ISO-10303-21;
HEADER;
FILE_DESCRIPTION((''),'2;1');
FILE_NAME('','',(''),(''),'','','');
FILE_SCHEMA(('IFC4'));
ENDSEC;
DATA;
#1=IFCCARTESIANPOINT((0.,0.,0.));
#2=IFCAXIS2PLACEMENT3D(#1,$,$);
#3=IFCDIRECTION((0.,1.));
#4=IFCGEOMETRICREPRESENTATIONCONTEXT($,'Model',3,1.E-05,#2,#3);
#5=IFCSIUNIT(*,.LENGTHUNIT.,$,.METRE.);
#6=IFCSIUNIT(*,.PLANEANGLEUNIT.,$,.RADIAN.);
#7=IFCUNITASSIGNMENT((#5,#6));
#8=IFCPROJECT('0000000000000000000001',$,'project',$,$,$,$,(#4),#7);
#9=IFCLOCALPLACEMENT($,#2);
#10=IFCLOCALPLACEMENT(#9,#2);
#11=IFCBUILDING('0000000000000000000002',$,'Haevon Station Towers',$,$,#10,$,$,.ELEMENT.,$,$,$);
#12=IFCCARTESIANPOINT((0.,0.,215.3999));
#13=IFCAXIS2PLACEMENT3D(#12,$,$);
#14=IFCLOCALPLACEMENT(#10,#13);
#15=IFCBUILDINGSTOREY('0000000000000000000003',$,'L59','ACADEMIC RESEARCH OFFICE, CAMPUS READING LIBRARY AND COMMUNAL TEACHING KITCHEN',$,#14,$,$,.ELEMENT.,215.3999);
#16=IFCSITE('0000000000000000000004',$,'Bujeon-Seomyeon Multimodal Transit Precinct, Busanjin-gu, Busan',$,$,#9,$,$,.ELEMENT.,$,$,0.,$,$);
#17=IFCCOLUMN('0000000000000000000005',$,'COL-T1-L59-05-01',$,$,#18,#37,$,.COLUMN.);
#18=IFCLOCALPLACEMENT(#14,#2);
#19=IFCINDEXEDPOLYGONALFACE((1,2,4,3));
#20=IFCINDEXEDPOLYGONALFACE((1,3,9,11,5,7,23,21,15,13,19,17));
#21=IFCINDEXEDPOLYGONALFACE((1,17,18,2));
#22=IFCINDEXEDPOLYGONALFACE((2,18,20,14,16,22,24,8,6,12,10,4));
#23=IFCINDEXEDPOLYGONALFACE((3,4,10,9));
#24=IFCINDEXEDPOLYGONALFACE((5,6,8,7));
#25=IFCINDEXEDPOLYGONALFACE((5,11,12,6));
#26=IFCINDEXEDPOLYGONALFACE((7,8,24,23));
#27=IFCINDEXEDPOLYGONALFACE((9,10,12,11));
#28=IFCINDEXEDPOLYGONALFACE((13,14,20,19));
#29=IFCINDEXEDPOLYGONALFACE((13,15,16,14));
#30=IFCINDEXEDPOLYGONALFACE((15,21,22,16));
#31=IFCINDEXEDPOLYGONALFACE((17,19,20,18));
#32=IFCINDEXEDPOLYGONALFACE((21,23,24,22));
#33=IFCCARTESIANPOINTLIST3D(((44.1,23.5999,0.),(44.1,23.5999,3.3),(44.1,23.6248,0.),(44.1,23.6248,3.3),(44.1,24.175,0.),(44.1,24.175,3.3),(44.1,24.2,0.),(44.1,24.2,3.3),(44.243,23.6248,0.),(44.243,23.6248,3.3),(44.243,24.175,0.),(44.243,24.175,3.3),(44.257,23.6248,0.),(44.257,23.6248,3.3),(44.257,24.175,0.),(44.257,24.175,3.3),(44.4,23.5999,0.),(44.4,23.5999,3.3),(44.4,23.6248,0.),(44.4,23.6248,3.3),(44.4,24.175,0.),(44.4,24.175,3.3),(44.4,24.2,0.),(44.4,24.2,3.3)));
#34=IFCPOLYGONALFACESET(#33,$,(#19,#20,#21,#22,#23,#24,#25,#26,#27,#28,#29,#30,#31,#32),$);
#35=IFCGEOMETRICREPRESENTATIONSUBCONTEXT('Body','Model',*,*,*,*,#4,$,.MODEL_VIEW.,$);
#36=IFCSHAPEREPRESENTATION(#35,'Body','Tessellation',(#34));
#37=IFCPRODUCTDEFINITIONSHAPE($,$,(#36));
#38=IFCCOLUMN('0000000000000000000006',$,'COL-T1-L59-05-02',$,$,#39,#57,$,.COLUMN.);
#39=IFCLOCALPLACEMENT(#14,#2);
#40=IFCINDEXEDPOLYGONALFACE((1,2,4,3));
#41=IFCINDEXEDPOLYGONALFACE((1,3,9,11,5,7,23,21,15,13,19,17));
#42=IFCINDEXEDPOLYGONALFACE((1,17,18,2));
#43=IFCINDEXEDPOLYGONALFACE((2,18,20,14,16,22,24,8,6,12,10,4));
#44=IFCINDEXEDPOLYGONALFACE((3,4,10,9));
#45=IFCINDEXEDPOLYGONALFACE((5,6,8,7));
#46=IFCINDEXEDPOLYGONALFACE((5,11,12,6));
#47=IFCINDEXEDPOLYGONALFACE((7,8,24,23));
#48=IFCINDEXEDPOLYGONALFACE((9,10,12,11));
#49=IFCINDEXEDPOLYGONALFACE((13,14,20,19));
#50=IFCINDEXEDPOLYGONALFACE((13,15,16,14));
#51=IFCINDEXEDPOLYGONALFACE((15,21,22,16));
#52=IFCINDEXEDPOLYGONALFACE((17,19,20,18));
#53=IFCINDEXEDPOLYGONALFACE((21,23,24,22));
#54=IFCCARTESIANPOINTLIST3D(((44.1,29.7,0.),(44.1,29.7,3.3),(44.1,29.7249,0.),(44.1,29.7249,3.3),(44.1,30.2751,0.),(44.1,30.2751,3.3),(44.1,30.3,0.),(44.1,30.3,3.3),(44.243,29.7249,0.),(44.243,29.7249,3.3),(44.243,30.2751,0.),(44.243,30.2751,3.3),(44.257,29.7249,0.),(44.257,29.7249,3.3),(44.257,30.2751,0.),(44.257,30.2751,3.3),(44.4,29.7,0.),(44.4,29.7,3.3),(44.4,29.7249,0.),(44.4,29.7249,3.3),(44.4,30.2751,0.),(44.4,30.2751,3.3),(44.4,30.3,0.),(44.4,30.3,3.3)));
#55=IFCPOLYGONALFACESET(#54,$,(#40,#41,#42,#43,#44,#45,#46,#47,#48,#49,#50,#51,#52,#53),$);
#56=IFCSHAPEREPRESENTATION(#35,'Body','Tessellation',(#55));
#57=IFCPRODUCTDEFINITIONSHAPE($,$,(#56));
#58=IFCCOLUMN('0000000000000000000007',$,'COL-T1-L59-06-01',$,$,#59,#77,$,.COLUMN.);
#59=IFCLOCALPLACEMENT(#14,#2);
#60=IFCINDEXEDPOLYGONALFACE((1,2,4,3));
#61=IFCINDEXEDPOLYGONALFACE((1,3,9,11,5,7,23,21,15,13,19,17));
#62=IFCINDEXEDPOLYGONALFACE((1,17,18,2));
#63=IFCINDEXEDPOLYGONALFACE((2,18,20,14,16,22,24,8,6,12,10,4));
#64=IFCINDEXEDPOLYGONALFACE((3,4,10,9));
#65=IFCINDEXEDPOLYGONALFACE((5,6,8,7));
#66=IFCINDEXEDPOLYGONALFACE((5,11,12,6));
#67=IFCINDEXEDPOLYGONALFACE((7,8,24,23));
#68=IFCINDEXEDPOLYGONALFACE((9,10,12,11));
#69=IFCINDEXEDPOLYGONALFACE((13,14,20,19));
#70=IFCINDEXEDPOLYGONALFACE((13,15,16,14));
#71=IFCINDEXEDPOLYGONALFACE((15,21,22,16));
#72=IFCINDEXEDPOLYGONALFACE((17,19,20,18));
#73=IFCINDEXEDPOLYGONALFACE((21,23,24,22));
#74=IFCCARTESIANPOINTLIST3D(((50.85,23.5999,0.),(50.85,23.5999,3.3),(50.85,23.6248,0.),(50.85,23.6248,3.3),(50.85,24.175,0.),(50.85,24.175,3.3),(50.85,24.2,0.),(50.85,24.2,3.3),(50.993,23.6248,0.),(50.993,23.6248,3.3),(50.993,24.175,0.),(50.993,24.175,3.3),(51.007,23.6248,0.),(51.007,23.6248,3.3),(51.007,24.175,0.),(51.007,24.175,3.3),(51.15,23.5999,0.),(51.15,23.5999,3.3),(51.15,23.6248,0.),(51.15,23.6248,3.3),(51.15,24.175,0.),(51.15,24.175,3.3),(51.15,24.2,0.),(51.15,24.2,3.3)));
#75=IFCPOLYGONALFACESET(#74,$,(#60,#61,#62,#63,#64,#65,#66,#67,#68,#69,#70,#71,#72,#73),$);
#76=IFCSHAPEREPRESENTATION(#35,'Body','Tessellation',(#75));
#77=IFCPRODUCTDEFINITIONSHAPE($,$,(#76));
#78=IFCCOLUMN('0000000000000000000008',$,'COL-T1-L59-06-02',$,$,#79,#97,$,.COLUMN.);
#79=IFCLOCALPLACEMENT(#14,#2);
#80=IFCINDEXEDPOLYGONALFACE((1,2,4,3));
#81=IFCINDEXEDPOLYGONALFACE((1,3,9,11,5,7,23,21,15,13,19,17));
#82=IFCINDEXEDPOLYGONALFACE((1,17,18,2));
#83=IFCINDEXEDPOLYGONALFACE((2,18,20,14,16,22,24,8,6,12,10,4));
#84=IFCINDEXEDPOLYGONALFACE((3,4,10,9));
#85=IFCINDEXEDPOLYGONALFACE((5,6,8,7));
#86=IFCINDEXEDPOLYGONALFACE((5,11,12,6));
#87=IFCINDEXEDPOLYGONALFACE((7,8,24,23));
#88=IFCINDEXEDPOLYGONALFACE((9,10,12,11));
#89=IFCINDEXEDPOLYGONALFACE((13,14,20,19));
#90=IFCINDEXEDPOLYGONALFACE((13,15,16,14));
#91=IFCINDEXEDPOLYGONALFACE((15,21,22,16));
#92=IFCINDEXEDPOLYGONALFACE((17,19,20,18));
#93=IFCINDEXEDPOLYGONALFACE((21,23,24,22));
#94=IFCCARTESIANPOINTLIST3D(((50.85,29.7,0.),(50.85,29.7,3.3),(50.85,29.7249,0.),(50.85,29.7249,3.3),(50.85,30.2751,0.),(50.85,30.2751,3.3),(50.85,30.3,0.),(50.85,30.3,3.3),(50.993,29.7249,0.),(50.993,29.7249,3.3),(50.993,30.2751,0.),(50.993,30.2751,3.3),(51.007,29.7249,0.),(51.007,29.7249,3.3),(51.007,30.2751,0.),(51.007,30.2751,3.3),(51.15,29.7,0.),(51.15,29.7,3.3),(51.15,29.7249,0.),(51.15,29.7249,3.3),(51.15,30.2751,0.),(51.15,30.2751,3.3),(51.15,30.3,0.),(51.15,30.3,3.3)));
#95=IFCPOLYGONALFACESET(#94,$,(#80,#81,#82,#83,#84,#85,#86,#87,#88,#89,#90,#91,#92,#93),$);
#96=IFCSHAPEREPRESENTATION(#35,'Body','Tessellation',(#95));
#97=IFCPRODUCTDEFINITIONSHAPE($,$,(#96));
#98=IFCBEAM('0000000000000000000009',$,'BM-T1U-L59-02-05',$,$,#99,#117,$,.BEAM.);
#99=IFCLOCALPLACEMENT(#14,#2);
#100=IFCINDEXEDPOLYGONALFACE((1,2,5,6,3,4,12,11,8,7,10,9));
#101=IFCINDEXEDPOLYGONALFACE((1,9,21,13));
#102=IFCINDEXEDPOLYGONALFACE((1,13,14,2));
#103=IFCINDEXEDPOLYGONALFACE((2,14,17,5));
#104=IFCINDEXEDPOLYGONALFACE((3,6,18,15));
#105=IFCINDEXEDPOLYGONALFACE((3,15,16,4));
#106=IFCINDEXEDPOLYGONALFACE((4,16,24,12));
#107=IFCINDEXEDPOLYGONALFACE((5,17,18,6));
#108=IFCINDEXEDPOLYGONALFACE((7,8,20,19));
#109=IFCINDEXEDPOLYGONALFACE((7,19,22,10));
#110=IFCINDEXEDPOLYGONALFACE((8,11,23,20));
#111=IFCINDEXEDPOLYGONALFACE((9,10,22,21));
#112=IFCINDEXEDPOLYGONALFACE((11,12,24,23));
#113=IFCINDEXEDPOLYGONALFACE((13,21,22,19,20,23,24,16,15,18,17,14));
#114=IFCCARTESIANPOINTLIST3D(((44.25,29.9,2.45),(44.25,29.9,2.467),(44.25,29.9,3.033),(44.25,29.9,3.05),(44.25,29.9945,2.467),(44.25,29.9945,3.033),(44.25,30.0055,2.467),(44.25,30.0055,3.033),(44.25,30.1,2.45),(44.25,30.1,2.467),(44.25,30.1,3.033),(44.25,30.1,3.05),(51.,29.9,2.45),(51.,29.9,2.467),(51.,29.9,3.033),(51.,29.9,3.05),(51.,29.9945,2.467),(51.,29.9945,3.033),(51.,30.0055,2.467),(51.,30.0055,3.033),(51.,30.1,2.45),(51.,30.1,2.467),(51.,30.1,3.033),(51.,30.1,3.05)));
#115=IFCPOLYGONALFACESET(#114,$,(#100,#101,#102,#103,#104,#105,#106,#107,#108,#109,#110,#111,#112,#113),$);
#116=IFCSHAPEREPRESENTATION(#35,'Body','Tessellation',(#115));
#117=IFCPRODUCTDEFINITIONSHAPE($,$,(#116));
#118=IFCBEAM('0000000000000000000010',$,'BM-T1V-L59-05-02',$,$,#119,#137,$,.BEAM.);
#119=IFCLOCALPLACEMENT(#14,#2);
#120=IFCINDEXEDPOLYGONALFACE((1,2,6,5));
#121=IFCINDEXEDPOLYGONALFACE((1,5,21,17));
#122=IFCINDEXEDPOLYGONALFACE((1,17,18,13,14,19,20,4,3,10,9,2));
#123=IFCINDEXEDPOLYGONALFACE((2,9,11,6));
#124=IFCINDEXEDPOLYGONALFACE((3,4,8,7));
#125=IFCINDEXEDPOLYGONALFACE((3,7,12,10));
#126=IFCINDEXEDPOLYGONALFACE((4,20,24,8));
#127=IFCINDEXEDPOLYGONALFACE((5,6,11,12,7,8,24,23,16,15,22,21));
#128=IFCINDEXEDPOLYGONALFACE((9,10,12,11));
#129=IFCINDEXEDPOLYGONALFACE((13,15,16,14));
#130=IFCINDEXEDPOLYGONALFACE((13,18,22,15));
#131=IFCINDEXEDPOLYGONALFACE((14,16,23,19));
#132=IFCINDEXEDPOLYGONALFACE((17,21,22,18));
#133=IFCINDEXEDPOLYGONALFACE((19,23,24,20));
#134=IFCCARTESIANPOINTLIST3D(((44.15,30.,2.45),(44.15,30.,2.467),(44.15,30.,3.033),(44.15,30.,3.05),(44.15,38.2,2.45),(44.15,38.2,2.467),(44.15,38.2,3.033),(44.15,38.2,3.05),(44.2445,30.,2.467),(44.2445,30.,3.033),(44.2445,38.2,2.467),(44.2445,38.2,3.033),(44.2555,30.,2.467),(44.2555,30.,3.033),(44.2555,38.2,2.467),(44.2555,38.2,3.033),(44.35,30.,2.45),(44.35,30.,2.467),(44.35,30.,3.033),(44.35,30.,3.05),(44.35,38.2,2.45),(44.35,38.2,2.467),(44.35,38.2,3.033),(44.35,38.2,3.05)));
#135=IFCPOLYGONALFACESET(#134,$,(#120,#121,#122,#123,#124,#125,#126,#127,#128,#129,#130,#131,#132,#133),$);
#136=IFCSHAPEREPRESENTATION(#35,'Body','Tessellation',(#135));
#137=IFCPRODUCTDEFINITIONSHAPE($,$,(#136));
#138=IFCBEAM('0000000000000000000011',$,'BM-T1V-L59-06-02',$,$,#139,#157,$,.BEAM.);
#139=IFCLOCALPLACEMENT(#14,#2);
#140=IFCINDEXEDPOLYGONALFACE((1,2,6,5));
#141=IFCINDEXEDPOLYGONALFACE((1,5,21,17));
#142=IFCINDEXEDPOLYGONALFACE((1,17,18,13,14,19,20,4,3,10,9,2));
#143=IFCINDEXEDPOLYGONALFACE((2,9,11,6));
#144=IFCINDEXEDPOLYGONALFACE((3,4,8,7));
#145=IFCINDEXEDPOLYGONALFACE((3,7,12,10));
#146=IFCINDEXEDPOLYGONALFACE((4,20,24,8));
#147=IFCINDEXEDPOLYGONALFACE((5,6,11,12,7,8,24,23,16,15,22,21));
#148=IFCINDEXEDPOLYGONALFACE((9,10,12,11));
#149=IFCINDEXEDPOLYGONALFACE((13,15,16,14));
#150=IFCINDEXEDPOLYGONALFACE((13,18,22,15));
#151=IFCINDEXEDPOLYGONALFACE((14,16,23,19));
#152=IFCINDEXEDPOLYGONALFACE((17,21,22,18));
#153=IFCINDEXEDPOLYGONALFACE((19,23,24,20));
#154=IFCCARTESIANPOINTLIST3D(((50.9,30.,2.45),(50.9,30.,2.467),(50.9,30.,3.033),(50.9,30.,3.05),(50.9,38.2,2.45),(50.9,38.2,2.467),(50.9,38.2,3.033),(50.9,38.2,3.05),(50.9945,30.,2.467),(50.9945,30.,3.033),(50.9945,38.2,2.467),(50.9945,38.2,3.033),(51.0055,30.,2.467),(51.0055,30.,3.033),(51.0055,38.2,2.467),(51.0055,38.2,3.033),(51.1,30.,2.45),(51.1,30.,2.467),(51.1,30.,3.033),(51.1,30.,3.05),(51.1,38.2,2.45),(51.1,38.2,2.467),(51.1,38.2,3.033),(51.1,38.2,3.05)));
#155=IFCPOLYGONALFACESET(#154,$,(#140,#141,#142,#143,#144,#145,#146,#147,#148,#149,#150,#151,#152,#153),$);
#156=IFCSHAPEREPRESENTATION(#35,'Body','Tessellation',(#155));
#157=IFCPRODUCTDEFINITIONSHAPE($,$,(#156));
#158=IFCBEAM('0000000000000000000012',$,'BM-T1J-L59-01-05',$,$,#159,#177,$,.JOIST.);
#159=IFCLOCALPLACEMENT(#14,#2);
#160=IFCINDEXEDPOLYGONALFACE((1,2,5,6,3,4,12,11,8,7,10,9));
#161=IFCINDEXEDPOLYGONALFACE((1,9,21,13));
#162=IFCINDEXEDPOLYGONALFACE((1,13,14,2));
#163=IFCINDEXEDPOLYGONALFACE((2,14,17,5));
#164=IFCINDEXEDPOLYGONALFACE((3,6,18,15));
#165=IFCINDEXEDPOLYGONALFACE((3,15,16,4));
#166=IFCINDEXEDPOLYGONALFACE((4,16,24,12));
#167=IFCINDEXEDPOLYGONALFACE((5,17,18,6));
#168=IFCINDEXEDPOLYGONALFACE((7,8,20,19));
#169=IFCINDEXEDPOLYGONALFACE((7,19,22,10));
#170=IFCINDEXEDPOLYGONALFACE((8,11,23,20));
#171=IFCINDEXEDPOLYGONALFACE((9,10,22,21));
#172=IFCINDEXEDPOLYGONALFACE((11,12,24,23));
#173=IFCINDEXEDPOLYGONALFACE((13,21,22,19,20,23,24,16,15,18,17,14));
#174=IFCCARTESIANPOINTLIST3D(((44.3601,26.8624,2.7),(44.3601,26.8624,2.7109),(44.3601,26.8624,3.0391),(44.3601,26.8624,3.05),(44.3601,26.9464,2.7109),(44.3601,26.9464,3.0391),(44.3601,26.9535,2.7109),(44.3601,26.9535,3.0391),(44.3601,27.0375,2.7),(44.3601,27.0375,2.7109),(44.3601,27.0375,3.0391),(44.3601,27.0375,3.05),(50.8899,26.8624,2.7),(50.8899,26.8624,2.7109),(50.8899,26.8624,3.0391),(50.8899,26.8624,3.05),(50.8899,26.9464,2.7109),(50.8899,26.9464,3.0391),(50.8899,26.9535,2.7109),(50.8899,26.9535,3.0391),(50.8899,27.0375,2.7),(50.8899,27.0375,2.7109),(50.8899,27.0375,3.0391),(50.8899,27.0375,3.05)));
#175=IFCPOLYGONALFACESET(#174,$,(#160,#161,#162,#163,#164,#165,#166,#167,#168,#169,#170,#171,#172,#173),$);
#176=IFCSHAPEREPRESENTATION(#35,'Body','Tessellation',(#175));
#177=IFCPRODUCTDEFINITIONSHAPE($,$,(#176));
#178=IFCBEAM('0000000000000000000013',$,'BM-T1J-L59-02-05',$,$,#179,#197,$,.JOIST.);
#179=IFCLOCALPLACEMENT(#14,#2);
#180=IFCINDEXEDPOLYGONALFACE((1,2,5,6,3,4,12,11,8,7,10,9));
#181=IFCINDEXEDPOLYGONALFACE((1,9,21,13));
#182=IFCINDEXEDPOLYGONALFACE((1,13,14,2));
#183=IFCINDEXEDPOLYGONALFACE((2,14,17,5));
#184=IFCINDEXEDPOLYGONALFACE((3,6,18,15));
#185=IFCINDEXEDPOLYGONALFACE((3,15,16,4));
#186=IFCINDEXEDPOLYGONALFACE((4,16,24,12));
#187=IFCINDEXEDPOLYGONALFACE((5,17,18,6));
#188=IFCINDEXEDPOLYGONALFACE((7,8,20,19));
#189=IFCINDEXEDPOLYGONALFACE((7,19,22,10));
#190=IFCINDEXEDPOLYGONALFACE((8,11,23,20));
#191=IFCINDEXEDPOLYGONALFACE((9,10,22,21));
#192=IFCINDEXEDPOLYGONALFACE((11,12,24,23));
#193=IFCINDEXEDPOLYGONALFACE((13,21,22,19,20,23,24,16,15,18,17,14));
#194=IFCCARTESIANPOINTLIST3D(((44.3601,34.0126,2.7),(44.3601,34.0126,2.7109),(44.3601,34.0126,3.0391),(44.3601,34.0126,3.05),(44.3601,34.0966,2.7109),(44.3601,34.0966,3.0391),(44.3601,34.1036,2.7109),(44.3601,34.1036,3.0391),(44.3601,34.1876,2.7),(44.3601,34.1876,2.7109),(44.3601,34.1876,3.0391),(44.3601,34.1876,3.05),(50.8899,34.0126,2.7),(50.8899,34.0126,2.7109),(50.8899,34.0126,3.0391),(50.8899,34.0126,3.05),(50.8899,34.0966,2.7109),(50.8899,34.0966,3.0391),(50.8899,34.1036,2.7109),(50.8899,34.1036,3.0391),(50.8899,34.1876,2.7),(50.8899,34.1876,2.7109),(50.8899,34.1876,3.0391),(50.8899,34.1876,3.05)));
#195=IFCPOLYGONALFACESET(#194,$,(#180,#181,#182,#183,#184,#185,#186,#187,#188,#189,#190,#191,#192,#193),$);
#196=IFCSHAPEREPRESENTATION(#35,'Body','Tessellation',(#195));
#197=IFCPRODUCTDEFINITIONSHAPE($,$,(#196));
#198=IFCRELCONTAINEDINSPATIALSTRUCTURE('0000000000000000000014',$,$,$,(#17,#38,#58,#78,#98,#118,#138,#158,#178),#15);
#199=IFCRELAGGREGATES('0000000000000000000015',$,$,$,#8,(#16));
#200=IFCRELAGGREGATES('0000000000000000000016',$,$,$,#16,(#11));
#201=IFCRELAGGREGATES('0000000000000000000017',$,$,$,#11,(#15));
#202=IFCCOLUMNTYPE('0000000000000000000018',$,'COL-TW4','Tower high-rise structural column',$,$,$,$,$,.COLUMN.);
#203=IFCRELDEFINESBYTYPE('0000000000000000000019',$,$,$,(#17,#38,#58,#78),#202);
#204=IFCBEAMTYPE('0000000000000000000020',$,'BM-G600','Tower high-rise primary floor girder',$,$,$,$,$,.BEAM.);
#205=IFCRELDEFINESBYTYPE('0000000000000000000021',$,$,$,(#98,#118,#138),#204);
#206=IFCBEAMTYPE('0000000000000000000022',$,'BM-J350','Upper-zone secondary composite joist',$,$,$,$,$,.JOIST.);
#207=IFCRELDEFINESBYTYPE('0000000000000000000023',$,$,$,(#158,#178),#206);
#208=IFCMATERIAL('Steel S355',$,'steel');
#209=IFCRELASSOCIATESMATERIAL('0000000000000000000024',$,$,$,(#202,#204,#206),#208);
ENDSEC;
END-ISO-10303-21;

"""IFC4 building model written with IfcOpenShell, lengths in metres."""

from ifc_helpers import new_model, si_unit, direction, frame, origin, origin_2d, place, context, subcontext, project, spatial, i_section, extrude, material, material_profile, profile_set, type_object, element, save


model = new_model("IFC4")

# Units and contexts
model_context = context("Model", 3, precision=1e-05, world=origin(), true_north=direction((0.0, 1.0)))
body_context = subcontext(model_context, "Body", "Model", "MODEL_VIEW")
ifc_project = project(units=[si_unit("LENGTHUNIT", "METRE"), si_unit("PLANEANGLEUNIT", "RADIAN")], contexts=[model_context])

# Site, building, storey
site_placement = place(None, origin())
site = spatial("IfcSite", under=ifc_project, at=site_placement, Name="Bujeon-Seomyeon Multimodal Transit Precinct, Busanjin-gu, Busan", CompositionType="ELEMENT", RefElevation=0.0)
building_placement = place(site_placement, origin())
building = spatial("IfcBuilding", under=site, at=building_placement, Name="Haevon Station Towers", CompositionType="ELEMENT")
storey_placement = place(building_placement, frame((0.0, 0.0, 215.3999)))
storey = spatial("IfcBuildingStorey", under=building, at=storey_placement, Name="L59", Description="ACADEMIC RESEARCH OFFICE, CAMPUS READING LIBRARY AND COMMUNAL TEACHING KITCHEN", CompositionType="ELEMENT", Elevation=215.3999)

# Columns
ifc_material_1 = material(Name="Steel S355", Category="steel")
ifc_material_profile_1 = material_profile(ifc_material_1, i_section(OverallWidth=0.3, OverallDepth=0.6001, WebThickness=0.0139, FlangeThickness=0.0249, at=origin_2d()), Name="H-600x300x14x25")
ifc_profile_set_1 = profile_set([ifc_material_profile_1], Name="Steel S355")
column_type = type_object("IfcColumnType", Name="COL-TW4", Description="Tower high-rise structural column", PredefinedType="COLUMN", material=ifc_profile_set_1)
for number, where, z_axis, x_axis, name in (
    (1, (44.25, 23.8999, 0.0), (0.0, 0.0, 1.0), (1.0, 0.0, 0.0), "COL-T1-L59-05-01"),
    (2, (44.25, 30.0, 0.0), (0.0, 0.0, 1.0), (1.0, 0.0, 0.0), "COL-T1-L59-05-02"),
    (3, (51.0, 23.8999, 0.0), (0.0, 0.0, 1.0), (1.0, 0.0, 0.0), "COL-T1-L59-06-01"),
    (4, (51.0, 30.0, 0.0), (0.0, 0.0, 1.0), (1.0, 0.0, 0.0), "COL-T1-L59-06-02"),
):
    element("IfcColumn", number, at=place(storey_placement, frame(where, z_axis=z_axis, x_axis=x_axis)), inside=storey, type_object=column_type, Name=name, PredefinedType="COLUMN", context=body_context, shape_type="SweptSolid", body=[
        extrude(i_section(OverallWidth=0.3, OverallDepth=0.6001, WebThickness=0.0139, FlangeThickness=0.0249, at=origin_2d()), origin(), (0.0, 0.0, 1.0), 3.3),
    ])

# Beams
ifc_material_profile_2 = material_profile(ifc_material_1, i_section(OverallWidth=0.2, OverallDepth=0.6001, WebThickness=0.011, FlangeThickness=0.0171, at=origin_2d()), Name="H-600x200x11x17")
ifc_profile_set_2 = profile_set([ifc_material_profile_2], Name="Steel S355")
beam_type_1 = type_object("IfcBeamType", Name="BM-G600", Description="Tower high-rise primary floor girder", PredefinedType="BEAM", material=ifc_profile_set_2)
beam_1_placement = place(storey_placement, frame((44.25, 30.0, 2.75), z_axis=(1.0, 0.0, 0.0), x_axis=(0.0, 1.0, 0.0)))
element("IfcBeam", 5, at=beam_1_placement, inside=storey, type_object=beam_type_1, Name="BM-T1U-L59-02-05", PredefinedType="BEAM", context=body_context, shape_type="SweptSolid", body=[
    extrude(i_section(OverallWidth=0.2, OverallDepth=0.6001, WebThickness=0.011, FlangeThickness=0.0171, at=origin_2d()), origin(), (0.0, 0.0, 1.0), 6.75),
])
for number, where, z_axis, x_axis, name in (
    (6, (44.25, 30.0, 2.75), (0.0, 1.0, 0.0), (-1.0, 0.0, 0.0), "BM-T1V-L59-05-02"),
    (7, (51.0, 30.0, 2.75), (0.0, 1.0, 0.0), (-1.0, 0.0, 0.0), "BM-T1V-L59-06-02"),
):
    element("IfcBeam", number, at=place(storey_placement, frame(where, z_axis=z_axis, x_axis=x_axis)), inside=storey, type_object=beam_type_1, Name=name, PredefinedType="BEAM", context=body_context, shape_type="SweptSolid", body=[
        extrude(i_section(OverallWidth=0.2, OverallDepth=0.6001, WebThickness=0.011, FlangeThickness=0.0171, at=origin_2d()), origin(), (0.0, 0.0, 1.0), 8.2),
    ])
ifc_material_profile_3 = material_profile(ifc_material_1, i_section(OverallWidth=0.175, OverallDepth=0.3501, WebThickness=0.0071, FlangeThickness=0.011, at=origin_2d()), Name="H-350x175x7x11")
ifc_profile_set_3 = profile_set([ifc_material_profile_3], Name="Steel S355")
beam_type_2 = type_object("IfcBeamType", Name="BM-J350", Description="Upper-zone secondary composite joist", PredefinedType="JOIST", material=ifc_profile_set_3)
for number, where, z_axis, x_axis, name in (
    (8, (44.3601, 26.95, 2.875), (1.0, 0.0, 0.0), (0.0, 1.0, 0.0), "BM-T1J-L59-01-05"),
    (9, (44.3601, 34.1001, 2.875), (1.0, 0.0, 0.0), (0.0, 1.0, 0.0), "BM-T1J-L59-02-05"),
):
    element("IfcBeam", number, at=place(storey_placement, frame(where, z_axis=z_axis, x_axis=x_axis)), inside=storey, type_object=beam_type_2, Name=name, PredefinedType="JOIST", context=body_context, shape_type="SweptSolid", body=[
        extrude(i_section(OverallWidth=0.175, OverallDepth=0.3501, WebThickness=0.0071, FlangeThickness=0.011, at=origin_2d()), origin(), (0.0, 0.0, 1.0), 6.5298),
    ])

save(model, "model.ifc")
